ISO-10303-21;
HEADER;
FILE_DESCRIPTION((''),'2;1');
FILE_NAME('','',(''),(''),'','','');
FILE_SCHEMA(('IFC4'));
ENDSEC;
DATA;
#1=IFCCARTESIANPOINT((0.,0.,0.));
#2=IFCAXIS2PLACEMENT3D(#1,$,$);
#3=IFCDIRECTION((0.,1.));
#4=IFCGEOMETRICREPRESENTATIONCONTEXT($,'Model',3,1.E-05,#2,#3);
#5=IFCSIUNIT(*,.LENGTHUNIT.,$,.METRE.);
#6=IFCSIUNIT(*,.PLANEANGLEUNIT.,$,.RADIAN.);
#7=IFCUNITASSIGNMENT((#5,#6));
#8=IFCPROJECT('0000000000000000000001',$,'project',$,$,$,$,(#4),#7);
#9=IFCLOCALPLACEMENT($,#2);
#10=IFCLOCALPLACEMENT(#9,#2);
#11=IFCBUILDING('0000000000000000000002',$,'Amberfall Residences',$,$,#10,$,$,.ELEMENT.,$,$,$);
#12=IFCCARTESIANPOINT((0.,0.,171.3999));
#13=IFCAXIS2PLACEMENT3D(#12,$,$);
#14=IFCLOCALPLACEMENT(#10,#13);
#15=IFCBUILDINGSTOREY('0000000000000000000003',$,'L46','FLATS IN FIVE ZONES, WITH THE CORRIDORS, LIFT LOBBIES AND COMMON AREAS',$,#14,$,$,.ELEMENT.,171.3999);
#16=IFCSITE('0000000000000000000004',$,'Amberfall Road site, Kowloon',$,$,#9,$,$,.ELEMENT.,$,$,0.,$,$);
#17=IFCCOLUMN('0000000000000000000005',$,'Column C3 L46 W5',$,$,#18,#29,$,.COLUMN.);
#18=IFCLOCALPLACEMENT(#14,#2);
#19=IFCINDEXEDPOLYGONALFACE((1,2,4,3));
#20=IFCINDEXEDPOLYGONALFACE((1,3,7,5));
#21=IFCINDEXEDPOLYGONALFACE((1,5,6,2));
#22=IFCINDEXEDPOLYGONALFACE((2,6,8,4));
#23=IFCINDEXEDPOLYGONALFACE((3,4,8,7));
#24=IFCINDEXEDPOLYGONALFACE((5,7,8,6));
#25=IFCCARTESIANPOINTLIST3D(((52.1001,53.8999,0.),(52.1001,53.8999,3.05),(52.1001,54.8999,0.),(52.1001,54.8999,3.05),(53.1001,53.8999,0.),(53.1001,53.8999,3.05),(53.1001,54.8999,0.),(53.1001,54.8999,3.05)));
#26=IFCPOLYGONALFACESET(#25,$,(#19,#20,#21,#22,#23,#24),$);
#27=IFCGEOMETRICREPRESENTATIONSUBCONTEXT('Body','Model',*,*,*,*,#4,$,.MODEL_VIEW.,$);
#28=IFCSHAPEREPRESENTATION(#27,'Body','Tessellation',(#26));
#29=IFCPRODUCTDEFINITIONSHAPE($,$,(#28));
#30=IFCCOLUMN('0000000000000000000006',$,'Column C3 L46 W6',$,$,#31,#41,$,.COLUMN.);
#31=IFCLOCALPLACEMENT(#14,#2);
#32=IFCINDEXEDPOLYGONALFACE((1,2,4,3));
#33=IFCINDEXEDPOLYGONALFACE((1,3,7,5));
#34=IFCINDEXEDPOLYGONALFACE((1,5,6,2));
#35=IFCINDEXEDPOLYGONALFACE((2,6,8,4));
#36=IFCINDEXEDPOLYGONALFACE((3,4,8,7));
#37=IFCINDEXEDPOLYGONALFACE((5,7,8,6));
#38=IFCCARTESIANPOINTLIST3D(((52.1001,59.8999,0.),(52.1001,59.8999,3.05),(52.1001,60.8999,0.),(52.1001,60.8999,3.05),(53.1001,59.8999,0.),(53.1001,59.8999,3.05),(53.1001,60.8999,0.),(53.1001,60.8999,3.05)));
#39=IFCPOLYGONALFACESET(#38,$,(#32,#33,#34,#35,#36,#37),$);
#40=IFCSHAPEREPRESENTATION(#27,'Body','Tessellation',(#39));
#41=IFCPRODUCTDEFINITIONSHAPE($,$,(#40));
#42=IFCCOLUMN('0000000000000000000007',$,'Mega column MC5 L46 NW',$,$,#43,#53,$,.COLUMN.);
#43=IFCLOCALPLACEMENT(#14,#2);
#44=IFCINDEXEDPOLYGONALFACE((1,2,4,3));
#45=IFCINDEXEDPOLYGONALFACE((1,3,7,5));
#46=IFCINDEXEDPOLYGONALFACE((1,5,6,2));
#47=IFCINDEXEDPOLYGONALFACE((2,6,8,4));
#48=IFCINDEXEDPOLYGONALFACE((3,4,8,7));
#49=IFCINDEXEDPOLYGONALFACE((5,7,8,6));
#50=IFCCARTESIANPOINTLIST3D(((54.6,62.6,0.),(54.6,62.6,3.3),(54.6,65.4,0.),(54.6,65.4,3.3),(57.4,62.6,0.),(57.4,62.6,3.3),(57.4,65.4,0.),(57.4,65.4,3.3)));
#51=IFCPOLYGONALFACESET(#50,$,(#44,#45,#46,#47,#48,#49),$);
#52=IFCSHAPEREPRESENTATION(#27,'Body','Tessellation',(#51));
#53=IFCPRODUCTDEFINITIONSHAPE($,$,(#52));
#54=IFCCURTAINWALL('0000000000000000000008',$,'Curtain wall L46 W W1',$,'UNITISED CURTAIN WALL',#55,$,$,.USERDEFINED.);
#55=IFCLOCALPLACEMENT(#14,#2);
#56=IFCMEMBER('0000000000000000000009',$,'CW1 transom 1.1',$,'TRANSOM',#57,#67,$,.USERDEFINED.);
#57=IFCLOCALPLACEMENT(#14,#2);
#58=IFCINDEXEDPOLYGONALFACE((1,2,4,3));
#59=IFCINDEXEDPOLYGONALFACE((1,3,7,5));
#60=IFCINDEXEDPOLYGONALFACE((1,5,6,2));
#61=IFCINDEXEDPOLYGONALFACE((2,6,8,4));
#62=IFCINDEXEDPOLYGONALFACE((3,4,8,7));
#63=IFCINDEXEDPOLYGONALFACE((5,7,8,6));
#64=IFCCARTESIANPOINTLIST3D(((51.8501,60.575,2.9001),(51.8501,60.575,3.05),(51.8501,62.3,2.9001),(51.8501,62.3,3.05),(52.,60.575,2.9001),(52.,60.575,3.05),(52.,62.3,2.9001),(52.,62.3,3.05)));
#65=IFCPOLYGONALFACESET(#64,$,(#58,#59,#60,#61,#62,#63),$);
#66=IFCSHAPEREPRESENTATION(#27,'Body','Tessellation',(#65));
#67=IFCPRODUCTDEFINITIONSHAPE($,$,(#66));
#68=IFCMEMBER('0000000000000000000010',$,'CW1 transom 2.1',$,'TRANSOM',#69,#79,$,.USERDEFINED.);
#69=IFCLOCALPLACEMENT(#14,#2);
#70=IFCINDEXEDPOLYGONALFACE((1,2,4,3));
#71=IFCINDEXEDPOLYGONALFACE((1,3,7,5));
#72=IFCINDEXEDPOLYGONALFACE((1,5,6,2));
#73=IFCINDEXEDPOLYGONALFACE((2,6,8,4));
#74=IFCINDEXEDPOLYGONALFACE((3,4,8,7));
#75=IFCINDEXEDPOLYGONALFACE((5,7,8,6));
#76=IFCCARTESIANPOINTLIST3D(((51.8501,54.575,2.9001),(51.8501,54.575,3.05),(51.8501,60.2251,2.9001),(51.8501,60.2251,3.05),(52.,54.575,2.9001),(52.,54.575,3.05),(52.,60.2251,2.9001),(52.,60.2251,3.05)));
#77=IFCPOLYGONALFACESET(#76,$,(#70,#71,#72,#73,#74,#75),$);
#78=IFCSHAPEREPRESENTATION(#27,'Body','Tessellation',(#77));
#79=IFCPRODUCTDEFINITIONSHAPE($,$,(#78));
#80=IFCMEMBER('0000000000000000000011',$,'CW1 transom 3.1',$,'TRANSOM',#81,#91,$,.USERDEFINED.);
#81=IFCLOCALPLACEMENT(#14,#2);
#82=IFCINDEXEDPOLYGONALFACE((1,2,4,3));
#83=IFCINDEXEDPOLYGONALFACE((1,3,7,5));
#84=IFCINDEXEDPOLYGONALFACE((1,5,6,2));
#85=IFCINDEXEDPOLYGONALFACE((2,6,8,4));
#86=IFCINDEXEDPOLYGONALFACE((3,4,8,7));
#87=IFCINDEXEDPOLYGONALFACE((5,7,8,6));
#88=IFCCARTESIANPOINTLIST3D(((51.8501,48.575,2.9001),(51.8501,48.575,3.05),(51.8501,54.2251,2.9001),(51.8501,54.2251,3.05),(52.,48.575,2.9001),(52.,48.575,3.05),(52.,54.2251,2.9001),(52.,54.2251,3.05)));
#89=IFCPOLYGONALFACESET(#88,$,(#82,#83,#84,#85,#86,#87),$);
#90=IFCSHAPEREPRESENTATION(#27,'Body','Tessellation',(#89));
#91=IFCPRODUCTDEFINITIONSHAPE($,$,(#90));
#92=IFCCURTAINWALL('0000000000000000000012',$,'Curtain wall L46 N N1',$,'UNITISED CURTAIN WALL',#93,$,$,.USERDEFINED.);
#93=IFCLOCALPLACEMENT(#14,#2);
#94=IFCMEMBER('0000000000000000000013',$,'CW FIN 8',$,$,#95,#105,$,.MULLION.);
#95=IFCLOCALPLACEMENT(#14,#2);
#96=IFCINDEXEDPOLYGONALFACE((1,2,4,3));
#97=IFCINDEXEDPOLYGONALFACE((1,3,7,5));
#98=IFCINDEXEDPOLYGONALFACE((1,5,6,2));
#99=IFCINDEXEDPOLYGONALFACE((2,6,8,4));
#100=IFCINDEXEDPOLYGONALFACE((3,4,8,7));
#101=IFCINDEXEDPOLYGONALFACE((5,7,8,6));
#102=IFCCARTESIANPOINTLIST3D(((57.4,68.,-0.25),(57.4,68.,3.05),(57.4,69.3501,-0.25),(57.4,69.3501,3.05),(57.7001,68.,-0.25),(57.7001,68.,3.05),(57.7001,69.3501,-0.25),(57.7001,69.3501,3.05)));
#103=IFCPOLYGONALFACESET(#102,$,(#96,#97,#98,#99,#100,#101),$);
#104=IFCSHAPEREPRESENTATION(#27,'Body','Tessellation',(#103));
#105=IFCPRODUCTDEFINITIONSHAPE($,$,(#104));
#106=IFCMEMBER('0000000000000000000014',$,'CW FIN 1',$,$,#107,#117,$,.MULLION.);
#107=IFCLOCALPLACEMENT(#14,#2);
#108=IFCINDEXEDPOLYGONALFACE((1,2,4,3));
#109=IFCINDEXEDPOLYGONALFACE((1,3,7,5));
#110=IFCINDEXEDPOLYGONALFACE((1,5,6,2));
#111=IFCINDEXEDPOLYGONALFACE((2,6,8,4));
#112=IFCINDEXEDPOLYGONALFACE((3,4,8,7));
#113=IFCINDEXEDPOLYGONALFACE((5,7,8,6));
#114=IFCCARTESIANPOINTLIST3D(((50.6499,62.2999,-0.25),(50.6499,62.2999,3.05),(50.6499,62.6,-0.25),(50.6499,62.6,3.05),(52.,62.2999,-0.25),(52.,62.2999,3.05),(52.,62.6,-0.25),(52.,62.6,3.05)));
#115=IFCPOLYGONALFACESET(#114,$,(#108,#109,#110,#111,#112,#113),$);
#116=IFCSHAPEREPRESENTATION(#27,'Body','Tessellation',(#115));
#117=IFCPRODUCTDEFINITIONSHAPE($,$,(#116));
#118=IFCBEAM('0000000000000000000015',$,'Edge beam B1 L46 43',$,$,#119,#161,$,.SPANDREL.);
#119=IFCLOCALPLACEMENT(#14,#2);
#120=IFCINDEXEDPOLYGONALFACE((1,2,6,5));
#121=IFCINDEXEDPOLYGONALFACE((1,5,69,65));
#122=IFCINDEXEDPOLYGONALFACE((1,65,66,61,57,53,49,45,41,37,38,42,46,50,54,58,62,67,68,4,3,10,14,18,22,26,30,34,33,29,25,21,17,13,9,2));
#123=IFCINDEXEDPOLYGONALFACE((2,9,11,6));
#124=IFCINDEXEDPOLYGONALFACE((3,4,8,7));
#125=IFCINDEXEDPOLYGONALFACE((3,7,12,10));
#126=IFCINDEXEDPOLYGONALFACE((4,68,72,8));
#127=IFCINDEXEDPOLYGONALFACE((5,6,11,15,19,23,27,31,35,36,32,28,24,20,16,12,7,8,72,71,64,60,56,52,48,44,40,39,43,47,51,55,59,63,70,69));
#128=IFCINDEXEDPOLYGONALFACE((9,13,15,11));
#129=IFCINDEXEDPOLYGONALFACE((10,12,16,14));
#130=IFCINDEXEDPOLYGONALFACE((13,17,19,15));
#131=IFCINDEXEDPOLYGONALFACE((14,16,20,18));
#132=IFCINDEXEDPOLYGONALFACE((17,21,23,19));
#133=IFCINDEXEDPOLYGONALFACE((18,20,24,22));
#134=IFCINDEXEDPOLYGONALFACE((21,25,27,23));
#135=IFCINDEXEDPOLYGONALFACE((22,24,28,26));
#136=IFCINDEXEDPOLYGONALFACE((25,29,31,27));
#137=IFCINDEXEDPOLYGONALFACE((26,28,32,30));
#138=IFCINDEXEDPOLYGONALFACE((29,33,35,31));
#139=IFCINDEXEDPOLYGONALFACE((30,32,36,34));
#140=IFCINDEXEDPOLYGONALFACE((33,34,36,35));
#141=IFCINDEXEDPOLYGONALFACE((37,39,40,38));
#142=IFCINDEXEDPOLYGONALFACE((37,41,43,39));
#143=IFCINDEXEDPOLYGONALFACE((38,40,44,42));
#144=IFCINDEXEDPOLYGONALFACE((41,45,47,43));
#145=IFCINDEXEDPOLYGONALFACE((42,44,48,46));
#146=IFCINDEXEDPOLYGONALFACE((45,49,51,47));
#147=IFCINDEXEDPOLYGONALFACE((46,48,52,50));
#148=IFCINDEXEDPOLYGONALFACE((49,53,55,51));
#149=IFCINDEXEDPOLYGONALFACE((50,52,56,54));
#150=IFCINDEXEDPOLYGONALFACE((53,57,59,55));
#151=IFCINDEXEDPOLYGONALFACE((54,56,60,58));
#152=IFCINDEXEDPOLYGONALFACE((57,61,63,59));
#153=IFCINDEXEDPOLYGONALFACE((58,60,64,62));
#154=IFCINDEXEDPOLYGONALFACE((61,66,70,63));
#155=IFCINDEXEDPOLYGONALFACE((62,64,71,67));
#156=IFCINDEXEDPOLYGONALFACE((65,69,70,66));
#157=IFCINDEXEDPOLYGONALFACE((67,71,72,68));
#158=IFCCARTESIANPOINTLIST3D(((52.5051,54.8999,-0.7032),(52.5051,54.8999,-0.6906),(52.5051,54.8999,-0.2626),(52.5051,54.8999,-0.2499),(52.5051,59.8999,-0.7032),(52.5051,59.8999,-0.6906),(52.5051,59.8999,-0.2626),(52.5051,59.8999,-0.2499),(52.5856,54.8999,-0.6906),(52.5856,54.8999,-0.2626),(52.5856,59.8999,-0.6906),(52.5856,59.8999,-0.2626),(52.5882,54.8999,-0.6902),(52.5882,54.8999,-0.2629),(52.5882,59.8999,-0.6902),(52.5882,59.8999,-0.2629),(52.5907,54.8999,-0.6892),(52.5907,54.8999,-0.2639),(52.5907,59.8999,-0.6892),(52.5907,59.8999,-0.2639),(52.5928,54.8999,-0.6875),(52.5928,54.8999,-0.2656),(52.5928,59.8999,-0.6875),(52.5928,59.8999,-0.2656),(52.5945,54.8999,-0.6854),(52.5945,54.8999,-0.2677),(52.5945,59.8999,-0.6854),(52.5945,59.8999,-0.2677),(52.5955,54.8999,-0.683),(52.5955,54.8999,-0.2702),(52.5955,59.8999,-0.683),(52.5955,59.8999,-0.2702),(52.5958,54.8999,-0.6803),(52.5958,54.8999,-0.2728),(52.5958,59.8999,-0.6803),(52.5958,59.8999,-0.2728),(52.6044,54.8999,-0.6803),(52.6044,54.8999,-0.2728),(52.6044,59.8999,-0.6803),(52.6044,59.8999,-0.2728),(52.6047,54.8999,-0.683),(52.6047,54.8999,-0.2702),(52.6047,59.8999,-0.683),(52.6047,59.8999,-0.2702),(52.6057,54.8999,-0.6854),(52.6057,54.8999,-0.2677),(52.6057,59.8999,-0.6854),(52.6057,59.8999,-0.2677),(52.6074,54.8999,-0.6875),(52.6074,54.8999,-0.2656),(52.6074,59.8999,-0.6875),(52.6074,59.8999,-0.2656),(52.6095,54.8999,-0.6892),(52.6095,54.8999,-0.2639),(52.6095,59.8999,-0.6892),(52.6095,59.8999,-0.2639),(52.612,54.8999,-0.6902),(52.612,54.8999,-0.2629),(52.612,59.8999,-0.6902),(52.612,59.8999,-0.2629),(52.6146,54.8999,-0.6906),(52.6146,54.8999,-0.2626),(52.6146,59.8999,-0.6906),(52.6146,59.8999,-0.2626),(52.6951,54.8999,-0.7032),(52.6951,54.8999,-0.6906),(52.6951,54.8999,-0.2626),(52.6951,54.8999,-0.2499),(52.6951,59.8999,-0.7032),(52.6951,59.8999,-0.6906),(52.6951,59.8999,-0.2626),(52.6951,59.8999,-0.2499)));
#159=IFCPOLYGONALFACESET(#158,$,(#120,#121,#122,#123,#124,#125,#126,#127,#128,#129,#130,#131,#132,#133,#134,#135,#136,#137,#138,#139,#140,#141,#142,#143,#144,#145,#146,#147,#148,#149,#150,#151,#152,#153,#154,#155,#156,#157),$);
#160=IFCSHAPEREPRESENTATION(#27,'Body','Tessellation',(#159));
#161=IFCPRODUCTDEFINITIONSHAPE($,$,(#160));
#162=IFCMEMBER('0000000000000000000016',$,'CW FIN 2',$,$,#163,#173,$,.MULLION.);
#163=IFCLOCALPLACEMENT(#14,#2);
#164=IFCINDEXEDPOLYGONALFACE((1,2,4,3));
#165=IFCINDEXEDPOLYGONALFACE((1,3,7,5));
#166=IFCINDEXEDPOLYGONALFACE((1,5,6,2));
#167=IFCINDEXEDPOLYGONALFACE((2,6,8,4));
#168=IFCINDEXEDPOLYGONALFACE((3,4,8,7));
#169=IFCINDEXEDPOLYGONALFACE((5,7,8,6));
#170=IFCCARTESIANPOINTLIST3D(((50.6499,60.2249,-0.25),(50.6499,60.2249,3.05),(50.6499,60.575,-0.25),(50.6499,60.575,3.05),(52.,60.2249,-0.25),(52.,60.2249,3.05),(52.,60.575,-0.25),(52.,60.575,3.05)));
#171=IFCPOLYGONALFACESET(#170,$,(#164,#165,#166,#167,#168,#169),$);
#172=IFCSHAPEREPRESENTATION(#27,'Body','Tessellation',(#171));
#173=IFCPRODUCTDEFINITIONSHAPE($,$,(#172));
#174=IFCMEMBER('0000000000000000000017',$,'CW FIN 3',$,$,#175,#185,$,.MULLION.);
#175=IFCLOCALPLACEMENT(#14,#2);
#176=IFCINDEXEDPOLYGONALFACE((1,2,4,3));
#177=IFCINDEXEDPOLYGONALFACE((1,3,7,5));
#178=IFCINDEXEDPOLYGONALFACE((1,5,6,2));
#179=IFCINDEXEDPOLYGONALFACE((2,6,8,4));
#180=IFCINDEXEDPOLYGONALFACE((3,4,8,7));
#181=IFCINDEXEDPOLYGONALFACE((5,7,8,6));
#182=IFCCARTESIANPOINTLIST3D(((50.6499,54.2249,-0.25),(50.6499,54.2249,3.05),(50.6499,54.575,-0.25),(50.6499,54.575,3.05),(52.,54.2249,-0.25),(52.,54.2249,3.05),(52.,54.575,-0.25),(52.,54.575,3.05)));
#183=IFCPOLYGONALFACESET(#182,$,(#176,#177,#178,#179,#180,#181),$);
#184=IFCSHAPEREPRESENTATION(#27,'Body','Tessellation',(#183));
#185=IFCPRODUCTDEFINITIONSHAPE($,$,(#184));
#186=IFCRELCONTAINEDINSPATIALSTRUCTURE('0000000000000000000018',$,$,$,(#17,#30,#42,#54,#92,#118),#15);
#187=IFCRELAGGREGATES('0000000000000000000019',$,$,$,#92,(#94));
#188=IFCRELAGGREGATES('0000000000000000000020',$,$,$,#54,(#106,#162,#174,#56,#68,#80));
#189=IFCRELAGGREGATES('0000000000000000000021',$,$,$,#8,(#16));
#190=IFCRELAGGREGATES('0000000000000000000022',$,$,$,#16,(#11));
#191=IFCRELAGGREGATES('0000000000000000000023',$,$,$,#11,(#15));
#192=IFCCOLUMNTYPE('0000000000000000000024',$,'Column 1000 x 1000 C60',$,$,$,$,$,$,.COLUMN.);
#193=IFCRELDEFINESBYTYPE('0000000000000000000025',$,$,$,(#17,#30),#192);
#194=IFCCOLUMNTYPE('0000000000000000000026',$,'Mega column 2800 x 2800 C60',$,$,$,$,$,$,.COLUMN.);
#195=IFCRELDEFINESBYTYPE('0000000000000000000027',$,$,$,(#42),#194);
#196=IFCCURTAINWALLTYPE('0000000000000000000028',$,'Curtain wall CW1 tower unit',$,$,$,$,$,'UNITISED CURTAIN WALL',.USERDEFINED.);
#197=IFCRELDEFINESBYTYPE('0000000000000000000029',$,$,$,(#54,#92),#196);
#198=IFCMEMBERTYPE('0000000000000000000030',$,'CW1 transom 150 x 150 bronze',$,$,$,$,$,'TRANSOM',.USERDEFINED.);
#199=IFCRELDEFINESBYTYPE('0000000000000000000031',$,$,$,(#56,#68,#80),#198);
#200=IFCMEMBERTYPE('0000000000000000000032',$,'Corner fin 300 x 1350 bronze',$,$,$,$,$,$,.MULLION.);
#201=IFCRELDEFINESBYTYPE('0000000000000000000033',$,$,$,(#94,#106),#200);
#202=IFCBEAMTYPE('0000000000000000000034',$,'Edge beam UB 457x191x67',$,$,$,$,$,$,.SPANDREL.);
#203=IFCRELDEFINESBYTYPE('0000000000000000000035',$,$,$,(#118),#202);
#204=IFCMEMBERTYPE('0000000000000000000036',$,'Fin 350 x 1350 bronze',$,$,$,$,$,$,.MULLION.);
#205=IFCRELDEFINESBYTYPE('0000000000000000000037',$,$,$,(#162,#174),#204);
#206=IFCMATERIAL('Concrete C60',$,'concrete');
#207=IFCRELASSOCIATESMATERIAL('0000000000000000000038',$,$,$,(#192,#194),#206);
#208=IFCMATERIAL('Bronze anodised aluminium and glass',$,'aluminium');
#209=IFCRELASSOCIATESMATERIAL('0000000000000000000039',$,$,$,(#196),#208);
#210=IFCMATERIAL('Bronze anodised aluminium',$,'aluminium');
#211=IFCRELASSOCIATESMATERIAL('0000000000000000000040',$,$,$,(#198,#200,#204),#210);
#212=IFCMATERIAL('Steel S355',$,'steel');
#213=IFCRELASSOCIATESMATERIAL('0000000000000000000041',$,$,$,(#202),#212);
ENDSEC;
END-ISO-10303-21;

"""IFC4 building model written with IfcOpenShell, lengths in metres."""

from ifc_helpers import new_model, si_unit, direction, frame, origin, origin_2d, place, context, subcontext, project, spatial, rectangle, i_section, extrude, material, material_profile, profile_set, type_object, element, aggregate, save


model = new_model("IFC4")

# Units and contexts
model_context = context("Model", 3, precision=1e-05, world=origin(), true_north=direction((0.0, 1.0)))
body_context = subcontext(model_context, "Body", "Model", "MODEL_VIEW")
ifc_project = project(units=[si_unit("LENGTHUNIT", "METRE"), si_unit("PLANEANGLEUNIT", "RADIAN")], contexts=[model_context])

# Site, building, storey
site_placement = place(None, origin())
site = spatial("IfcSite", under=ifc_project, at=site_placement, Name="Amberfall Road site, Kowloon", CompositionType="ELEMENT", RefElevation=0.0)
building_placement = place(site_placement, origin())
building = spatial("IfcBuilding", under=site, at=building_placement, Name="Amberfall Residences", CompositionType="ELEMENT")
storey_placement = place(building_placement, frame((0.0, 0.0, 171.3999)))
storey = spatial("IfcBuildingStorey", under=building, at=storey_placement, Name="L46", Description="FLATS IN FIVE ZONES, WITH THE CORRIDORS, LIFT LOBBIES AND COMMON AREAS", CompositionType="ELEMENT", Elevation=171.3999)

# Columns
ifc_material_1 = material(Name="Concrete C60", Category="concrete")
ifc_material_profile_1 = material_profile(ifc_material_1, rectangle(XDim=1.0, YDim=1.0, at=origin_2d()), Name="Column 1000 x 1000 C60")
ifc_profile_set_1 = profile_set([ifc_material_profile_1], Name="Concrete C60")
column_type_1 = type_object("IfcColumnType", Name="Column 1000 x 1000 C60", PredefinedType="COLUMN", material=ifc_profile_set_1)
for number, where, z_axis, x_axis, name in (
    (1, (52.6001, 54.3999, 0.0), (0.0, 0.0, 1.0), (1.0, 0.0, 0.0), "Column C3 L46 W5"),
    (2, (52.6001, 60.3999, 0.0), (0.0, 0.0, 1.0), (1.0, 0.0, 0.0), "Column C3 L46 W6"),
):
    element("IfcColumn", number, at=place(storey_placement, frame(where, z_axis=z_axis, x_axis=x_axis)), inside=storey, type_object=column_type_1, Name=name, PredefinedType="COLUMN", context=body_context, shape_type="SweptSolid", body=[
        extrude(rectangle(XDim=1.0, YDim=1.0, at=origin_2d()), origin(), (0.0, 0.0, 1.0), 3.05),
    ])
ifc_material_profile_2 = material_profile(ifc_material_1, rectangle(XDim=2.8, YDim=2.8, at=origin_2d()), Name="Mega column 2800 x 2800 C60")
ifc_profile_set_2 = profile_set([ifc_material_profile_2], Name="Concrete C60")
column_type_2 = type_object("IfcColumnType", Name="Mega column 2800 x 2800 C60", PredefinedType="COLUMN", material=ifc_profile_set_2)
column_placement = place(storey_placement, frame((56.0, 64.0, 0.0), z_axis=(0.0, 0.0, 1.0), x_axis=(1.0, 0.0, 0.0)))
element("IfcColumn", 3, at=column_placement, inside=storey, type_object=column_type_2, Name="Mega column MC5 L46 NW", PredefinedType="COLUMN", context=body_context, shape_type="SweptSolid", body=[
    extrude(rectangle(XDim=2.8, YDim=2.8, at=origin_2d()), origin(), (0.0, 0.0, 1.0), 3.3),
])

# Curtain wall, members
ifc_material_2 = material(Name="Bronze anodised aluminium and glass", Category="aluminium")
curtain_wall_type = type_object("IfcCurtainWallType", Name="Curtain wall CW1 tower unit", ElementType="UNITISED CURTAIN WALL", PredefinedType="USERDEFINED", material=ifc_material_2)
curtain_wall_1_placement = place(storey_placement, origin())
curtain_wall_1 = element("IfcCurtainWall", 4, at=curtain_wall_1_placement, inside=storey, type_object=curtain_wall_type, Name="Curtain wall L46 W W1", ObjectType="UNITISED CURTAIN WALL", PredefinedType="USERDEFINED")
ifc_material_3 = material(Name="Bronze anodised aluminium", Category="aluminium")
ifc_material_profile_3 = material_profile(ifc_material_3, rectangle(XDim=0.1499, YDim=0.1499, at=origin_2d()), Name="CW1 transom 150 x 150 bronze")
ifc_profile_set_3 = profile_set([ifc_material_profile_3], Name="Bronze anodised aluminium")
member_type_1 = type_object("IfcMemberType", Name="CW1 transom 150 x 150 bronze", ElementType="TRANSOM", PredefinedType="USERDEFINED", material=ifc_profile_set_3)
member_1_placement = place(storey_placement, frame((51.925, 62.3, 2.9751), z_axis=(0.0, -1.0, 0.0), x_axis=(1.0, 0.0, 0.0)))
member_1 = element("IfcMember", 5, at=member_1_placement, type_object=member_type_1, Name="CW1 transom 1.1", ObjectType="TRANSOM", PredefinedType="USERDEFINED", context=body_context, shape_type="SweptSolid", body=[
    extrude(rectangle(XDim=0.1499, YDim=0.1499, at=origin_2d()), origin(), (0.0, 0.0, 1.0), 1.7251),
])
member_2_placement = place(storey_placement, frame((51.925, 60.2251, 2.9751), z_axis=(0.0, -1.0, 0.0), x_axis=(1.0, 0.0, 0.0)))
member_2 = element("IfcMember", 6, at=member_2_placement, type_object=member_type_1, Name="CW1 transom 2.1", ObjectType="TRANSOM", PredefinedType="USERDEFINED", context=body_context, shape_type="SweptSolid", body=[
    extrude(rectangle(XDim=0.1499, YDim=0.1499, at=origin_2d()), origin(), (0.0, 0.0, 1.0), 5.6501),
])
member_3_placement = place(storey_placement, frame((51.925, 54.2251, 2.9751), z_axis=(0.0, -1.0, 0.0), x_axis=(1.0, 0.0, 0.0)))
member_3 = element("IfcMember", 7, at=member_3_placement, type_object=member_type_1, Name="CW1 transom 3.1", ObjectType="TRANSOM", PredefinedType="USERDEFINED", context=body_context, shape_type="SweptSolid", body=[
    extrude(rectangle(XDim=0.1499, YDim=0.1499, at=origin_2d()), origin(), (0.0, 0.0, 1.0), 5.6501),
])

# Curtain wall, member
curtain_wall_2_placement = place(storey_placement, origin())
curtain_wall_2 = element("IfcCurtainWall", 8, at=curtain_wall_2_placement, inside=storey, type_object=curtain_wall_type, Name="Curtain wall L46 N N1", ObjectType="UNITISED CURTAIN WALL", PredefinedType="USERDEFINED")
ifc_material_profile_4 = material_profile(ifc_material_3, rectangle(XDim=1.3501, YDim=0.3, at=origin_2d()), Name="Corner fin 300 x 1350 bronze")
ifc_profile_set_4 = profile_set([ifc_material_profile_4], Name="Bronze anodised aluminium")
member_type_2 = type_object("IfcMemberType", Name="Corner fin 300 x 1350 bronze", PredefinedType="MULLION", material=ifc_profile_set_4)
member_4_placement = place(storey_placement, frame((57.55, 68.675, -0.25), z_axis=(0.0, 0.0, 1.0), x_axis=(0.0, -1.0, 0.0)))
member_4 = element("IfcMember", 9, at=member_4_placement, type_object=member_type_2, Name="CW FIN 8", PredefinedType="MULLION", context=body_context, shape_type="SweptSolid", body=[
    extrude(rectangle(XDim=1.3501, YDim=0.3, at=origin_2d()), origin(), (0.0, 0.0, 1.0), 3.3),
])
aggregate(curtain_wall_2, [member_4])

# Member
member_5_placement = place(storey_placement, frame((51.325, 62.45, -0.25), z_axis=(0.0, 0.0, 1.0), x_axis=(1.0, 0.0, 0.0)))
member_5 = element("IfcMember", 10, at=member_5_placement, type_object=member_type_2, Name="CW FIN 1", PredefinedType="MULLION", context=body_context, shape_type="SweptSolid", body=[
    extrude(rectangle(XDim=1.3501, YDim=0.3, at=origin_2d()), origin(), (0.0, 0.0, 1.0), 3.3),
])

# Beam
ifc_material_4 = material(Name="Steel S355", Category="steel")
ifc_material_profile_5 = material_profile(ifc_material_4, i_section(OverallWidth=0.1899, OverallDepth=0.4534, WebThickness=0.0085, FlangeThickness=0.0127, FilletRadius=0.0103, at=origin_2d()), Name="UB 457x191x67")
ifc_profile_set_5 = profile_set([ifc_material_profile_5], Name="Steel S355")
beam_type_1 = type_object("IfcBeamType", Name="Edge beam UB 457x191x67", PredefinedType="SPANDREL", material=ifc_profile_set_5)
beam_1_placement = place(storey_placement, frame((52.6001, 54.8999, -0.4766), z_axis=(0.0, 1.0, 0.0), x_axis=(-1.0, 0.0, 0.0)))
element("IfcBeam", 11, at=beam_1_placement, inside=storey, type_object=beam_type_1, Name="Edge beam B1 L46 43", PredefinedType="SPANDREL", context=body_context, shape_type="SweptSolid", body=[
    extrude(i_section(OverallWidth=0.1899, OverallDepth=0.4534, WebThickness=0.0085, FlangeThickness=0.0127, FilletRadius=0.0103, at=origin_2d()), origin(), (0.0, 0.0, 1.0), 5.0),
])

# Members
ifc_material_profile_6 = material_profile(ifc_material_3, rectangle(XDim=1.3501, YDim=0.3501, at=origin_2d()), Name="Fin 350 x 1350 bronze")
ifc_profile_set_6 = profile_set([ifc_material_profile_6], Name="Bronze anodised aluminium")
member_type_3 = type_object("IfcMemberType", Name="Fin 350 x 1350 bronze", PredefinedType="MULLION", material=ifc_profile_set_6)
member_6_placement = place(storey_placement, frame((51.325, 60.3999, -0.25), z_axis=(0.0, 0.0, 1.0), x_axis=(1.0, 0.0, 0.0)))
member_6 = element("IfcMember", 12, at=member_6_placement, type_object=member_type_3, Name="CW FIN 2", PredefinedType="MULLION", context=body_context, shape_type="SweptSolid", body=[
    extrude(rectangle(XDim=1.3501, YDim=0.3501, at=origin_2d()), origin(), (0.0, 0.0, 1.0), 3.3),
])
member_7_placement = place(storey_placement, frame((51.325, 54.3999, -0.25), z_axis=(0.0, 0.0, 1.0), x_axis=(1.0, 0.0, 0.0)))
member_7 = element("IfcMember", 13, at=member_7_placement, type_object=member_type_3, Name="CW FIN 3", PredefinedType="MULLION", context=body_context, shape_type="SweptSolid", body=[
    extrude(rectangle(XDim=1.3501, YDim=0.3501, at=origin_2d()), origin(), (0.0, 0.0, 1.0), 3.3),
])

aggregate(curtain_wall_1, [member_5, member_6, member_7, member_1, member_2, member_3])

save(model, "model.ifc")
